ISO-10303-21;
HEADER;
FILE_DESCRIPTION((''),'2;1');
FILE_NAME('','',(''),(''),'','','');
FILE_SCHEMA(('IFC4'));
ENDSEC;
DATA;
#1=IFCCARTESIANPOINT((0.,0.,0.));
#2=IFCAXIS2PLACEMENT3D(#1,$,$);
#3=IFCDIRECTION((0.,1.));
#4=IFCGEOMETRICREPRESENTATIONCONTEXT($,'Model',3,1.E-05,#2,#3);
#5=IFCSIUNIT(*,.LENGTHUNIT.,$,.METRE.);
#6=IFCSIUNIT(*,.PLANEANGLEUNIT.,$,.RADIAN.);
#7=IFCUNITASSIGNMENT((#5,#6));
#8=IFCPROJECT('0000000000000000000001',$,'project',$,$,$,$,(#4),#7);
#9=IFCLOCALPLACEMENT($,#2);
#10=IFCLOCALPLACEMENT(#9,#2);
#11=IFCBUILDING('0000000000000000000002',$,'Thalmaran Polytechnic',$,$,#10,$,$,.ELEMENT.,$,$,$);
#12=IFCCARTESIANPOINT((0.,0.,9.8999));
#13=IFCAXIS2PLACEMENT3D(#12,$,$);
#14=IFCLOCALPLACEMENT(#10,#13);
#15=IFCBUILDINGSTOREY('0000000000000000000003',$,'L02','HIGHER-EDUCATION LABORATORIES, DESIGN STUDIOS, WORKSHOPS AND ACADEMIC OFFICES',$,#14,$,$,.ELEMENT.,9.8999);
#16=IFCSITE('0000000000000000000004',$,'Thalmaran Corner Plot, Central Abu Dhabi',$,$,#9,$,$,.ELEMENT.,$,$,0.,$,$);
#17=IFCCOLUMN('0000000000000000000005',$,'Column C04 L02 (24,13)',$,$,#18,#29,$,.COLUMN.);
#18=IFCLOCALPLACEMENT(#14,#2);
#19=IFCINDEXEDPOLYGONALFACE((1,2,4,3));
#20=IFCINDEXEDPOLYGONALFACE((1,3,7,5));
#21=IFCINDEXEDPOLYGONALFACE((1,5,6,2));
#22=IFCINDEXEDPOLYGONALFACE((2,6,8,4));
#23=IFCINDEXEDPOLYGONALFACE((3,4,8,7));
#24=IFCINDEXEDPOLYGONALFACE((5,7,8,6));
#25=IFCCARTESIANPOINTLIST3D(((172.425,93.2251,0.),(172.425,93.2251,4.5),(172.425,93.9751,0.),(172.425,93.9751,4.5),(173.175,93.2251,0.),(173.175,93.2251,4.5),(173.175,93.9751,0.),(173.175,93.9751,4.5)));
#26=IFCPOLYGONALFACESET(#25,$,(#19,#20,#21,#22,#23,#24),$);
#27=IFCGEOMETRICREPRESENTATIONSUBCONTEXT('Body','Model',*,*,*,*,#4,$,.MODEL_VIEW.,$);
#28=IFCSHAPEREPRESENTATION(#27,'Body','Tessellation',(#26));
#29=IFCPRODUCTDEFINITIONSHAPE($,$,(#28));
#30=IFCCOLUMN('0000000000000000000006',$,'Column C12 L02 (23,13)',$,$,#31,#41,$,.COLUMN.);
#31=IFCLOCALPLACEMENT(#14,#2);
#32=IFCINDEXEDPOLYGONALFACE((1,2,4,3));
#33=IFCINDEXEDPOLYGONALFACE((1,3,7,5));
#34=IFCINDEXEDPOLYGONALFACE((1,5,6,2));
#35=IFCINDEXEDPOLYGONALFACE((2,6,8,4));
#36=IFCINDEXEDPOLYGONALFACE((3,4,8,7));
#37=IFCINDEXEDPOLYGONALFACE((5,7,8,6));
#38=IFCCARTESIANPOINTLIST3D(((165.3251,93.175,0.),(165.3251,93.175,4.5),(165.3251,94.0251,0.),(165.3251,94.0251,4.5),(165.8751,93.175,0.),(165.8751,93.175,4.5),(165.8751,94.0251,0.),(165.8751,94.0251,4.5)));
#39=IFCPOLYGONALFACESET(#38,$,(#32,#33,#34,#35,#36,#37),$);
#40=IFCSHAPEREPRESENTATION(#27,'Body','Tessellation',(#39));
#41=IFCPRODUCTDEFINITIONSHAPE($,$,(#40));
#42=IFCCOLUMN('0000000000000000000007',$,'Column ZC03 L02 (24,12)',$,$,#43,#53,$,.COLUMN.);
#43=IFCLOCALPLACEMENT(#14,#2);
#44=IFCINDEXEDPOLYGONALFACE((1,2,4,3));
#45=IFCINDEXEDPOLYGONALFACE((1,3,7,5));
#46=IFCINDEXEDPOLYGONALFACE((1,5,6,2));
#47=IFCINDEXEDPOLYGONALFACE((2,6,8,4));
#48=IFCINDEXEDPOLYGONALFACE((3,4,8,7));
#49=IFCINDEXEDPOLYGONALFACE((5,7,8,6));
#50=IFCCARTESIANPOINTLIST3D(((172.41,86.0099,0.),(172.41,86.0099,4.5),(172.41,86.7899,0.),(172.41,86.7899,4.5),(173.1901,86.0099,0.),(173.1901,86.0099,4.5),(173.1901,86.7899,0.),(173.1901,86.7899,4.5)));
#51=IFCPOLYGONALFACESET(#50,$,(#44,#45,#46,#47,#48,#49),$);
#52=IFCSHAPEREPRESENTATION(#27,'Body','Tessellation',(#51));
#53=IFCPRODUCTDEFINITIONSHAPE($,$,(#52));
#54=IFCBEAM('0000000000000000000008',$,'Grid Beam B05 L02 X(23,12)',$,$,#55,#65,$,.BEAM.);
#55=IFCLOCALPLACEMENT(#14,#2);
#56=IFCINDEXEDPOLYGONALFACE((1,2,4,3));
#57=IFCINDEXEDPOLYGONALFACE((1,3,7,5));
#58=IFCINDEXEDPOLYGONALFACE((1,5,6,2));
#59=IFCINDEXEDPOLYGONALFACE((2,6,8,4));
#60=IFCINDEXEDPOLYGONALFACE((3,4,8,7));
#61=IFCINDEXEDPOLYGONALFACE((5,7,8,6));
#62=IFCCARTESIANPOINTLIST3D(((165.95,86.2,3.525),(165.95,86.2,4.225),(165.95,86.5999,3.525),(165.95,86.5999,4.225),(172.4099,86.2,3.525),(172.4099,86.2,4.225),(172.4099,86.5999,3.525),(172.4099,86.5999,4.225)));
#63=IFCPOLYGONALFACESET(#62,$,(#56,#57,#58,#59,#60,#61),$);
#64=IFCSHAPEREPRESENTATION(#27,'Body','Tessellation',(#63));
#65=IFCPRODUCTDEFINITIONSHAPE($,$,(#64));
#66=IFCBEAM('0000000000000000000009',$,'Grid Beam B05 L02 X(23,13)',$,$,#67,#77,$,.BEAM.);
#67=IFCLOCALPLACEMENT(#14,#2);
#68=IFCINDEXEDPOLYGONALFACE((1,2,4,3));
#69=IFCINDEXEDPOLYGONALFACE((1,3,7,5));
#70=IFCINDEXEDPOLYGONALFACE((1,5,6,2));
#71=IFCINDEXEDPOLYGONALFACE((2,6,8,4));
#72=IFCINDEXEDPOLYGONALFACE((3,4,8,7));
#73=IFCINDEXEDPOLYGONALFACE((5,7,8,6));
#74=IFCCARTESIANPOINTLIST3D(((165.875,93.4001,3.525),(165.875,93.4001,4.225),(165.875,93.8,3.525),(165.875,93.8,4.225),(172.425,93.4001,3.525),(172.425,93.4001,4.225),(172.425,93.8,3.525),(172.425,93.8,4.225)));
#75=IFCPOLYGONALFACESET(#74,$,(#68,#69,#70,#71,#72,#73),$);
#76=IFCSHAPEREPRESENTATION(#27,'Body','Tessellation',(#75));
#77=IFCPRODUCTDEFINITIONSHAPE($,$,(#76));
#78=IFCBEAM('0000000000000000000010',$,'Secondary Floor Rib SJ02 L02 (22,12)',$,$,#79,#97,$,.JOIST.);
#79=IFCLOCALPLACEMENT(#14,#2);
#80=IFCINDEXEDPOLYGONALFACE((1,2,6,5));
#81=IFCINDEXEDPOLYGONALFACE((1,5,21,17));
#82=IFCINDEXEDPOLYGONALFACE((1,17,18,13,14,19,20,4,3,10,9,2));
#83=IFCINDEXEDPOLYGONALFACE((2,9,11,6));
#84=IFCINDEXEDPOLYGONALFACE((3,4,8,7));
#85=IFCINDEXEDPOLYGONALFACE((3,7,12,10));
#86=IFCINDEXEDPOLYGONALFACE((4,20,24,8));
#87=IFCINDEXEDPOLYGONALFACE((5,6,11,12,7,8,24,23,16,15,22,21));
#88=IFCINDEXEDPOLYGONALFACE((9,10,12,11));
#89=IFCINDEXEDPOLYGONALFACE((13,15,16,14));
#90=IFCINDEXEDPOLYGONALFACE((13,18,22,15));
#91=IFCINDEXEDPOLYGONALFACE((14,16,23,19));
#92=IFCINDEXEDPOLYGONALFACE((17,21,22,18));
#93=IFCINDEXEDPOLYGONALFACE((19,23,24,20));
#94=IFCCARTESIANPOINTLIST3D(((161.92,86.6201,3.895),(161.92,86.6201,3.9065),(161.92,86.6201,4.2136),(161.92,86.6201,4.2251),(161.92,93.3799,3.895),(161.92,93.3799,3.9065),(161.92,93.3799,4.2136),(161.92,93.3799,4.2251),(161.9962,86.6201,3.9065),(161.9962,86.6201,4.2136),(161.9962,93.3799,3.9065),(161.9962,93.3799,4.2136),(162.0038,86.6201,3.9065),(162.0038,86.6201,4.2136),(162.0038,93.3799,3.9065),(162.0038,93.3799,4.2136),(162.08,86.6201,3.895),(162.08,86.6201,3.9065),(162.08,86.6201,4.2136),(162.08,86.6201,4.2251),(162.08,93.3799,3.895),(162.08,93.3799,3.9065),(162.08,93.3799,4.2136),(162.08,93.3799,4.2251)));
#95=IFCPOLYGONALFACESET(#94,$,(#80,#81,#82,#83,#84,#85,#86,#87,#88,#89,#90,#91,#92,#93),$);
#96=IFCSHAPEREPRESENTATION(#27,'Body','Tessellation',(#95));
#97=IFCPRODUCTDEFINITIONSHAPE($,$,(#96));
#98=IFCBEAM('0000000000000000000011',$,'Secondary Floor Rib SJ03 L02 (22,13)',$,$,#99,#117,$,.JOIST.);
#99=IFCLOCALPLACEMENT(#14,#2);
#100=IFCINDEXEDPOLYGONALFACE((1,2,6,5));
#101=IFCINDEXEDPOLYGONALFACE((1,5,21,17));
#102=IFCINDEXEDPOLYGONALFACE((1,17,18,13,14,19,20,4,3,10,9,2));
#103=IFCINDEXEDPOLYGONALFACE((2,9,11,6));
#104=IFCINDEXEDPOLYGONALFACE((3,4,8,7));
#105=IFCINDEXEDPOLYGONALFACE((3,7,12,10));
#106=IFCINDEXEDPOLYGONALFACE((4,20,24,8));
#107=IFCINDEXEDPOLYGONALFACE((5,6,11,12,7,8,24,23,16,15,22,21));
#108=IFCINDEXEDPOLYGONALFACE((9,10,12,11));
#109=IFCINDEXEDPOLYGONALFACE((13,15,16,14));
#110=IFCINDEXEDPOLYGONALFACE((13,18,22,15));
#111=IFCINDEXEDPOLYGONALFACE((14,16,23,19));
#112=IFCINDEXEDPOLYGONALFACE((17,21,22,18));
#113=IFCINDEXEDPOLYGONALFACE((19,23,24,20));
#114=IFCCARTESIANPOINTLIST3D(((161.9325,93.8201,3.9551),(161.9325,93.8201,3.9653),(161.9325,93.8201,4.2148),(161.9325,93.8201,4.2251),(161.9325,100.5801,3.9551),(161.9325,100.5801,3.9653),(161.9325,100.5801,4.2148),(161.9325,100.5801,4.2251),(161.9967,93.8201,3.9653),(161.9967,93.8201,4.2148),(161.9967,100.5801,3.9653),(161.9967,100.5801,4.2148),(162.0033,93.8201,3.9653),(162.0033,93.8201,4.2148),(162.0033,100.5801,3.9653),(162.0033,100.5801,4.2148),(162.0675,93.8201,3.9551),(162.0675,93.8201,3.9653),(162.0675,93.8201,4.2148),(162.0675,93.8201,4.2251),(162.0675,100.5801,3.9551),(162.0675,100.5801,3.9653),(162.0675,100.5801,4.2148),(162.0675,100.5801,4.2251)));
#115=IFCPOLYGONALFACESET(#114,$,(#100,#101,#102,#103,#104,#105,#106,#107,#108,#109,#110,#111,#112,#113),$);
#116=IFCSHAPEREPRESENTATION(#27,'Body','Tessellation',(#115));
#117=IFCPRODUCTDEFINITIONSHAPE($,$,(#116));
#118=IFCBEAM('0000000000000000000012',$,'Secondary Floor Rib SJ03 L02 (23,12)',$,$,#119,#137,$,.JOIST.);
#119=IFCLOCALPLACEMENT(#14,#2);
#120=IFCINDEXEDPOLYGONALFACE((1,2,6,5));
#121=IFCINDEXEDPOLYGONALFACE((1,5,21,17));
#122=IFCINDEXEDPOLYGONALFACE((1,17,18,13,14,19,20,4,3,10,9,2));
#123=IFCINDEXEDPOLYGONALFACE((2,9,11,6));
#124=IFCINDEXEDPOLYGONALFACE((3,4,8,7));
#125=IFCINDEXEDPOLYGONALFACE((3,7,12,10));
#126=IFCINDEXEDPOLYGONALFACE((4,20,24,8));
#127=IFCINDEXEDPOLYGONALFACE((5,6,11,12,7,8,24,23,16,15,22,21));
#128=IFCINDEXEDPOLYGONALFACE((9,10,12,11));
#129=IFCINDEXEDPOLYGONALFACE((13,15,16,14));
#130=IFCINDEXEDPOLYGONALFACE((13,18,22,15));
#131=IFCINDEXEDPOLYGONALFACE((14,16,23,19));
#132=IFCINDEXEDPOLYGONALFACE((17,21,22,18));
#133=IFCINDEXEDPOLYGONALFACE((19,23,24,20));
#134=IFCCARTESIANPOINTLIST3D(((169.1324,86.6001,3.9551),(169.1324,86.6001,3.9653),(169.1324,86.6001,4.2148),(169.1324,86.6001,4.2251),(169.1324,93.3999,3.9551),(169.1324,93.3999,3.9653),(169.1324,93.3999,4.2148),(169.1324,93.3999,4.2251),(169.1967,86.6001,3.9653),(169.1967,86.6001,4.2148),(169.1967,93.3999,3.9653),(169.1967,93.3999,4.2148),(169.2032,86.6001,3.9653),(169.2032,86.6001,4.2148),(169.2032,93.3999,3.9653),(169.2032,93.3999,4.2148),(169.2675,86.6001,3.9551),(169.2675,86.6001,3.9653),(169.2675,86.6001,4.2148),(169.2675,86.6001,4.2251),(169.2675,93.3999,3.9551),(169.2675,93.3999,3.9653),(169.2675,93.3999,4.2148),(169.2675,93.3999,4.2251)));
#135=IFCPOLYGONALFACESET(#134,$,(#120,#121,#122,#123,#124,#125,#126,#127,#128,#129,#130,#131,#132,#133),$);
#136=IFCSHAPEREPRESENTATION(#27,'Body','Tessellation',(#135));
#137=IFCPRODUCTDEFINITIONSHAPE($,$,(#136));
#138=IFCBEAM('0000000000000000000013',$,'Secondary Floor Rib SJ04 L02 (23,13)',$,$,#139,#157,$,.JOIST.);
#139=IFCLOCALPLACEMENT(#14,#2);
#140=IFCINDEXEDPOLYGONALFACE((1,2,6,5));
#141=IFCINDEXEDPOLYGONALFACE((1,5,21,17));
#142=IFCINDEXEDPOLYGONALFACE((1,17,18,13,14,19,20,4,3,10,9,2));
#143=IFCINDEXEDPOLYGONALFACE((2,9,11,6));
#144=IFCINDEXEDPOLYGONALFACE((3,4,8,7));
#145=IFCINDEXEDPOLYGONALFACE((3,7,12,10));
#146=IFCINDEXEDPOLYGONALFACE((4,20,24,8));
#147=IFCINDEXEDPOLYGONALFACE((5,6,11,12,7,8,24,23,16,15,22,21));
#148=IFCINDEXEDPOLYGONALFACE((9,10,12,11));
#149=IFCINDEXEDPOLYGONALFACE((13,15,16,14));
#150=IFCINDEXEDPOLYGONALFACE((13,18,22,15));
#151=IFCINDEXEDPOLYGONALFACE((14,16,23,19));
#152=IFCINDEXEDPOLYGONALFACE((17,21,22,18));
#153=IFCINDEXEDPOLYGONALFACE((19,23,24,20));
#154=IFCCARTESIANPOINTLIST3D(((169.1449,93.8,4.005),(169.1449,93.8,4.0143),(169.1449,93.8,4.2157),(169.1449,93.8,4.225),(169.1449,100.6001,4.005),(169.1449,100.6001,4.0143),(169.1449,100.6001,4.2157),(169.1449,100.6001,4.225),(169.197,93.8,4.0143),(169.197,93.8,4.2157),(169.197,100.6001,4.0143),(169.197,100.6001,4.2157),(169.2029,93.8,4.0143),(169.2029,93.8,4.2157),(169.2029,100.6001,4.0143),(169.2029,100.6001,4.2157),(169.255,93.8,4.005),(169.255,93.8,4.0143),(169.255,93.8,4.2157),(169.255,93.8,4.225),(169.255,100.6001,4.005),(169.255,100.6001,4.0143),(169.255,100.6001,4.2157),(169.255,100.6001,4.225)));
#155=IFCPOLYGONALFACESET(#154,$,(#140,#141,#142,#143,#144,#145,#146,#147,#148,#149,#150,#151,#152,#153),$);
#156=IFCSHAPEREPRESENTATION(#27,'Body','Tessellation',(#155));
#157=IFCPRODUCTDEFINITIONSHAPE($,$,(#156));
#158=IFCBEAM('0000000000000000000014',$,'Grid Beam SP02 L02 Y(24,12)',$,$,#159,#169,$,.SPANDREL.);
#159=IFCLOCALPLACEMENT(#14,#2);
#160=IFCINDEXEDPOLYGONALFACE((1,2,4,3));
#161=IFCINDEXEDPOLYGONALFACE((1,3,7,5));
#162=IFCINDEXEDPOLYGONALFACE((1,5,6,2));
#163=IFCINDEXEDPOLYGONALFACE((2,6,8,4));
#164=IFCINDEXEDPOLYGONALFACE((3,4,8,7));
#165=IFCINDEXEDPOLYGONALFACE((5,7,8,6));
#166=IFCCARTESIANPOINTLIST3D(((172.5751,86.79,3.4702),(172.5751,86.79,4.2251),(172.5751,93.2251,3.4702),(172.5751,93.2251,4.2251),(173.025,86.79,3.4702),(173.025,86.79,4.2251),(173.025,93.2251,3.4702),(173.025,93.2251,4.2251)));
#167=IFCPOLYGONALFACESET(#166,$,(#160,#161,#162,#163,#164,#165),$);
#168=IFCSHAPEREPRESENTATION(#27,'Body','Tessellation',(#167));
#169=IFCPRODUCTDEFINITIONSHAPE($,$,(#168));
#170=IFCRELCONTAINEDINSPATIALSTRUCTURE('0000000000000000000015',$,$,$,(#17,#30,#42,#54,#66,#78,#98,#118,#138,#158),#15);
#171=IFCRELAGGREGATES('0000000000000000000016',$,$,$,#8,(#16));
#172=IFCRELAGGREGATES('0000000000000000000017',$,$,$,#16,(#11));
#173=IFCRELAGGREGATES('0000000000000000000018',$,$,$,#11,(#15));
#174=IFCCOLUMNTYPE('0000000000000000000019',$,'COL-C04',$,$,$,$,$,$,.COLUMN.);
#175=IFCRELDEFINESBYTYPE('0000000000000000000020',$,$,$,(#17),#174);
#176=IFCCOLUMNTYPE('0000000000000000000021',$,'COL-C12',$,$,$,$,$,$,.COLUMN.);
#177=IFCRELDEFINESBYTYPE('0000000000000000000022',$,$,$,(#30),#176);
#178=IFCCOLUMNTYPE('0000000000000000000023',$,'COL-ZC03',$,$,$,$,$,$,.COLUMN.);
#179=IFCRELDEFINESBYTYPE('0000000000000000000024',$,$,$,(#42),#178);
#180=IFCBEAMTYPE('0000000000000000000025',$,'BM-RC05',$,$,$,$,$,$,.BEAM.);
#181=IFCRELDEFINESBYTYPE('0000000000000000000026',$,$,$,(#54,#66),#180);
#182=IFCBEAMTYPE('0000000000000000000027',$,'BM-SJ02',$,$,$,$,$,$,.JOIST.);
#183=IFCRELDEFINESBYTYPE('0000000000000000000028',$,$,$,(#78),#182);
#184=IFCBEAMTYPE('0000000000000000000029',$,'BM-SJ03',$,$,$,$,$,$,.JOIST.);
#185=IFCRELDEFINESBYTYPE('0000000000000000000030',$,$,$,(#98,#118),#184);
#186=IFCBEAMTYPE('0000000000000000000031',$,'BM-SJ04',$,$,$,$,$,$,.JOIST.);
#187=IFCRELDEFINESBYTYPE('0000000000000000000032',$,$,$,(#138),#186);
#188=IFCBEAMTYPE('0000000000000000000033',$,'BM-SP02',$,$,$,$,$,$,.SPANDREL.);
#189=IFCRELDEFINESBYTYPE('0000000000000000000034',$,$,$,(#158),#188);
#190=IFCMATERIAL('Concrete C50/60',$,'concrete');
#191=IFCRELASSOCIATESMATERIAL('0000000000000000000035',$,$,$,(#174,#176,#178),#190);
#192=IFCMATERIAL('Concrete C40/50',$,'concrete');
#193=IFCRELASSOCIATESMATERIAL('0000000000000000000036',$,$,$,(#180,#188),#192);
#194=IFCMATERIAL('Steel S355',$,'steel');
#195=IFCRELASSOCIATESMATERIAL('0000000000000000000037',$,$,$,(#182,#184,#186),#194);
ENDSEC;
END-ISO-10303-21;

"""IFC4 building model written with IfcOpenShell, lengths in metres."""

from ifc_helpers import new_model, si_unit, direction, frame, origin, origin_2d, place, context, subcontext, project, spatial, rectangle, i_section, extrude, material, material_profile, profile_set, type_object, element, save


model = new_model("IFC4")

# Units and contexts
model_context = context("Model", 3, precision=1e-05, world=origin(), true_north=direction((0.0, 1.0)))
body_context = subcontext(model_context, "Body", "Model", "MODEL_VIEW")
ifc_project = project(units=[si_unit("LENGTHUNIT", "METRE"), si_unit("PLANEANGLEUNIT", "RADIAN")], contexts=[model_context])

# Site, building, storey
site_placement = place(None, origin())
site = spatial("IfcSite", under=ifc_project, at=site_placement, Name="Thalmaran Corner Plot, Central Abu Dhabi", CompositionType="ELEMENT", RefElevation=0.0)
building_placement = place(site_placement, origin())
building = spatial("IfcBuilding", under=site, at=building_placement, Name="Thalmaran Polytechnic", CompositionType="ELEMENT")
storey_placement = place(building_placement, frame((0.0, 0.0, 9.8999)))
storey = spatial("IfcBuildingStorey", under=building, at=storey_placement, Name="L02", Description="HIGHER-EDUCATION LABORATORIES, DESIGN STUDIOS, WORKSHOPS AND ACADEMIC OFFICES", CompositionType="ELEMENT", Elevation=9.8999)

# Columns
ifc_material_1 = material(Name="Concrete C50/60", Category="concrete")
ifc_material_profile_1 = material_profile(ifc_material_1, rectangle(XDim=0.75, YDim=0.75, at=origin_2d()), Name="RC 750x750")
ifc_profile_set_1 = profile_set([ifc_material_profile_1], Name="Concrete C50/60")
column_type_1 = type_object("IfcColumnType", Name="COL-C04", PredefinedType="COLUMN", material=ifc_profile_set_1)
column_1_placement = place(storey_placement, frame((172.8, 93.6001, 0.0), z_axis=(0.0, 0.0, 1.0), x_axis=(1.0, 0.0, 0.0)))
element("IfcColumn", 1, at=column_1_placement, inside=storey, type_object=column_type_1, Name="Column C04 L02 (24,13)", PredefinedType="COLUMN", context=body_context, shape_type="SweptSolid", body=[
    extrude(rectangle(XDim=0.75, YDim=0.75, at=origin_2d()), origin(), (0.0, 0.0, 1.0), 4.5),
])
ifc_material_profile_2 = material_profile(ifc_material_1, rectangle(XDim=0.55, YDim=0.8501, at=origin_2d()), Name="RC 550x850")
ifc_profile_set_2 = profile_set([ifc_material_profile_2], Name="Concrete C50/60")
column_type_2 = type_object("IfcColumnType", Name="COL-C12", PredefinedType="COLUMN", material=ifc_profile_set_2)
column_2_placement = place(storey_placement, frame((165.6001, 93.6001, 0.0), z_axis=(0.0, 0.0, 1.0), x_axis=(1.0, 0.0, 0.0)))
element("IfcColumn", 2, at=column_2_placement, inside=storey, type_object=column_type_2, Name="Column C12 L02 (23,13)", PredefinedType="COLUMN", context=body_context, shape_type="SweptSolid", body=[
    extrude(rectangle(XDim=0.55, YDim=0.8501, at=origin_2d()), origin(), (0.0, 0.0, 1.0), 4.5),
])
ifc_material_profile_3 = material_profile(ifc_material_1, rectangle(XDim=0.78, YDim=0.78, at=origin_2d()), Name="RC 780x780")
ifc_profile_set_3 = profile_set([ifc_material_profile_3], Name="Concrete C50/60")
column_type_3 = type_object("IfcColumnType", Name="COL-ZC03", PredefinedType="COLUMN", material=ifc_profile_set_3)
column_3_placement = place(storey_placement, frame((172.8, 86.3999, 0.0), z_axis=(0.0, 0.0, 1.0), x_axis=(1.0, 0.0, 0.0)))
element("IfcColumn", 3, at=column_3_placement, inside=storey, type_object=column_type_3, Name="Column ZC03 L02 (24,12)", PredefinedType="COLUMN", context=body_context, shape_type="SweptSolid", body=[
    extrude(rectangle(XDim=0.78, YDim=0.78, at=origin_2d()), origin(), (0.0, 0.0, 1.0), 4.5),
])

# Beams
ifc_material_2 = material(Name="Concrete C40/50", Category="concrete")
ifc_material_profile_4 = material_profile(ifc_material_2, rectangle(XDim=0.3999, YDim=0.7, at=origin_2d()), Name="RC 400x700")
ifc_profile_set_4 = profile_set([ifc_material_profile_4], Name="Concrete C40/50")
beam_type_1 = type_object("IfcBeamType", Name="BM-RC05", PredefinedType="BEAM", material=ifc_profile_set_4)
beam_1_placement = place(storey_placement, frame((165.95, 86.3999, 3.875), z_axis=(1.0, 0.0, 0.0), x_axis=(0.0, 1.0, 0.0)))
element("IfcBeam", 4, at=beam_1_placement, inside=storey, type_object=beam_type_1, Name="Grid Beam B05 L02 X(23,12)", PredefinedType="BEAM", context=body_context, shape_type="SweptSolid", body=[
    extrude(rectangle(XDim=0.3999, YDim=0.7, at=origin_2d()), origin(), (0.0, 0.0, 1.0), 6.46),
])
beam_2_placement = place(storey_placement, frame((165.875, 93.6001, 3.875), z_axis=(1.0, 0.0, 0.0), x_axis=(0.0, 1.0, 0.0)))
element("IfcBeam", 5, at=beam_2_placement, inside=storey, type_object=beam_type_1, Name="Grid Beam B05 L02 X(23,13)", PredefinedType="BEAM", context=body_context, shape_type="SweptSolid", body=[
    extrude(rectangle(XDim=0.3999, YDim=0.7, at=origin_2d()), origin(), (0.0, 0.0, 1.0), 6.55),
])
ifc_material_3 = material(Name="Steel S355", Category="steel")
ifc_material_profile_5 = material_profile(ifc_material_3, i_section(OverallWidth=0.1599, OverallDepth=0.3301, WebThickness=0.0076, FlangeThickness=0.0115, at=origin_2d()), Name="IPE 330")
ifc_profile_set_5 = profile_set([ifc_material_profile_5], Name="Steel S355")
beam_type_2 = type_object("IfcBeamType", Name="BM-SJ02", PredefinedType="JOIST", material=ifc_profile_set_5)
beam_3_placement = place(storey_placement, frame((162.0, 86.6201, 4.0601), z_axis=(0.0, 1.0, 0.0), x_axis=(-1.0, 0.0, 0.0)))
element("IfcBeam", 6, at=beam_3_placement, inside=storey, type_object=beam_type_2, Name="Secondary Floor Rib SJ02 L02 (22,12)", PredefinedType="JOIST", context=body_context, shape_type="SweptSolid", body=[
    extrude(i_section(OverallWidth=0.1599, OverallDepth=0.3301, WebThickness=0.0076, FlangeThickness=0.0115, at=origin_2d()), origin(), (0.0, 0.0, 1.0), 6.7598),
])
ifc_material_profile_6 = material_profile(ifc_material_3, i_section(OverallWidth=0.135, OverallDepth=0.27, WebThickness=0.0066, FlangeThickness=0.0103, at=origin_2d()), Name="IPE 270")
ifc_profile_set_6 = profile_set([ifc_material_profile_6], Name="Steel S355")
beam_type_3 = type_object("IfcBeamType", Name="BM-SJ03", PredefinedType="JOIST", material=ifc_profile_set_6)
beam_4_placement = place(storey_placement, frame((162.0, 93.8201, 4.0901), z_axis=(0.0, 1.0, 0.0), x_axis=(-1.0, 0.0, 0.0)))
element("IfcBeam", 7, at=beam_4_placement, inside=storey, type_object=beam_type_3, Name="Secondary Floor Rib SJ03 L02 (22,13)", PredefinedType="JOIST", context=body_context, shape_type="SweptSolid", body=[
    extrude(i_section(OverallWidth=0.135, OverallDepth=0.27, WebThickness=0.0066, FlangeThickness=0.0103, at=origin_2d()), origin(), (0.0, 0.0, 1.0), 6.76),
])
beam_5_placement = place(storey_placement, frame((169.2, 86.6001, 4.0901), z_axis=(0.0, 1.0, 0.0), x_axis=(-1.0, 0.0, 0.0)))
element("IfcBeam", 8, at=beam_5_placement, inside=storey, type_object=beam_type_3, Name="Secondary Floor Rib SJ03 L02 (23,12)", PredefinedType="JOIST", context=body_context, shape_type="SweptSolid", body=[
    extrude(i_section(OverallWidth=0.135, OverallDepth=0.27, WebThickness=0.0066, FlangeThickness=0.0103, at=origin_2d()), origin(), (0.0, 0.0, 1.0), 6.7998),
])
ifc_material_profile_7 = material_profile(ifc_material_3, i_section(OverallWidth=0.1101, OverallDepth=0.22, WebThickness=0.0059, FlangeThickness=0.0093, at=origin_2d()), Name="IPE 220")
ifc_profile_set_7 = profile_set([ifc_material_profile_7], Name="Steel S355")
beam_type_4 = type_object("IfcBeamType", Name="BM-SJ04", PredefinedType="JOIST", material=ifc_profile_set_7)
beam_6_placement = place(storey_placement, frame((169.2, 93.8, 4.115), z_axis=(0.0, 1.0, 0.0), x_axis=(-1.0, 0.0, 0.0)))
element("IfcBeam", 9, at=beam_6_placement, inside=storey, type_object=beam_type_4, Name="Secondary Floor Rib SJ04 L02 (23,13)", PredefinedType="JOIST", context=body_context, shape_type="SweptSolid", body=[
    extrude(i_section(OverallWidth=0.1101, OverallDepth=0.22, WebThickness=0.0059, FlangeThickness=0.0093, at=origin_2d()), origin(), (0.0, 0.0, 1.0), 6.8),
])
ifc_material_profile_8 = material_profile(ifc_material_2, rectangle(XDim=0.45, YDim=0.7549, at=origin_2d()), Name="RC 450x755")
ifc_profile_set_8 = profile_set([ifc_material_profile_8], Name="Concrete C40/50")
beam_type_5 = type_object("IfcBeamType", Name="BM-SP02", PredefinedType="SPANDREL", material=ifc_profile_set_8)
beam_7_placement = place(storey_placement, frame((172.8, 86.79, 3.8477), z_axis=(0.0, 1.0, 0.0), x_axis=(-1.0, 0.0, 0.0)))
element("IfcBeam", 10, at=beam_7_placement, inside=storey, type_object=beam_type_5, Name="Grid Beam SP02 L02 Y(24,12)", PredefinedType="SPANDREL", context=body_context, shape_type="SweptSolid", body=[
    extrude(rectangle(XDim=0.45, YDim=0.7549, at=origin_2d()), origin(), (0.0, 0.0, 1.0), 6.4351),
])

save(model, "model.ifc")
